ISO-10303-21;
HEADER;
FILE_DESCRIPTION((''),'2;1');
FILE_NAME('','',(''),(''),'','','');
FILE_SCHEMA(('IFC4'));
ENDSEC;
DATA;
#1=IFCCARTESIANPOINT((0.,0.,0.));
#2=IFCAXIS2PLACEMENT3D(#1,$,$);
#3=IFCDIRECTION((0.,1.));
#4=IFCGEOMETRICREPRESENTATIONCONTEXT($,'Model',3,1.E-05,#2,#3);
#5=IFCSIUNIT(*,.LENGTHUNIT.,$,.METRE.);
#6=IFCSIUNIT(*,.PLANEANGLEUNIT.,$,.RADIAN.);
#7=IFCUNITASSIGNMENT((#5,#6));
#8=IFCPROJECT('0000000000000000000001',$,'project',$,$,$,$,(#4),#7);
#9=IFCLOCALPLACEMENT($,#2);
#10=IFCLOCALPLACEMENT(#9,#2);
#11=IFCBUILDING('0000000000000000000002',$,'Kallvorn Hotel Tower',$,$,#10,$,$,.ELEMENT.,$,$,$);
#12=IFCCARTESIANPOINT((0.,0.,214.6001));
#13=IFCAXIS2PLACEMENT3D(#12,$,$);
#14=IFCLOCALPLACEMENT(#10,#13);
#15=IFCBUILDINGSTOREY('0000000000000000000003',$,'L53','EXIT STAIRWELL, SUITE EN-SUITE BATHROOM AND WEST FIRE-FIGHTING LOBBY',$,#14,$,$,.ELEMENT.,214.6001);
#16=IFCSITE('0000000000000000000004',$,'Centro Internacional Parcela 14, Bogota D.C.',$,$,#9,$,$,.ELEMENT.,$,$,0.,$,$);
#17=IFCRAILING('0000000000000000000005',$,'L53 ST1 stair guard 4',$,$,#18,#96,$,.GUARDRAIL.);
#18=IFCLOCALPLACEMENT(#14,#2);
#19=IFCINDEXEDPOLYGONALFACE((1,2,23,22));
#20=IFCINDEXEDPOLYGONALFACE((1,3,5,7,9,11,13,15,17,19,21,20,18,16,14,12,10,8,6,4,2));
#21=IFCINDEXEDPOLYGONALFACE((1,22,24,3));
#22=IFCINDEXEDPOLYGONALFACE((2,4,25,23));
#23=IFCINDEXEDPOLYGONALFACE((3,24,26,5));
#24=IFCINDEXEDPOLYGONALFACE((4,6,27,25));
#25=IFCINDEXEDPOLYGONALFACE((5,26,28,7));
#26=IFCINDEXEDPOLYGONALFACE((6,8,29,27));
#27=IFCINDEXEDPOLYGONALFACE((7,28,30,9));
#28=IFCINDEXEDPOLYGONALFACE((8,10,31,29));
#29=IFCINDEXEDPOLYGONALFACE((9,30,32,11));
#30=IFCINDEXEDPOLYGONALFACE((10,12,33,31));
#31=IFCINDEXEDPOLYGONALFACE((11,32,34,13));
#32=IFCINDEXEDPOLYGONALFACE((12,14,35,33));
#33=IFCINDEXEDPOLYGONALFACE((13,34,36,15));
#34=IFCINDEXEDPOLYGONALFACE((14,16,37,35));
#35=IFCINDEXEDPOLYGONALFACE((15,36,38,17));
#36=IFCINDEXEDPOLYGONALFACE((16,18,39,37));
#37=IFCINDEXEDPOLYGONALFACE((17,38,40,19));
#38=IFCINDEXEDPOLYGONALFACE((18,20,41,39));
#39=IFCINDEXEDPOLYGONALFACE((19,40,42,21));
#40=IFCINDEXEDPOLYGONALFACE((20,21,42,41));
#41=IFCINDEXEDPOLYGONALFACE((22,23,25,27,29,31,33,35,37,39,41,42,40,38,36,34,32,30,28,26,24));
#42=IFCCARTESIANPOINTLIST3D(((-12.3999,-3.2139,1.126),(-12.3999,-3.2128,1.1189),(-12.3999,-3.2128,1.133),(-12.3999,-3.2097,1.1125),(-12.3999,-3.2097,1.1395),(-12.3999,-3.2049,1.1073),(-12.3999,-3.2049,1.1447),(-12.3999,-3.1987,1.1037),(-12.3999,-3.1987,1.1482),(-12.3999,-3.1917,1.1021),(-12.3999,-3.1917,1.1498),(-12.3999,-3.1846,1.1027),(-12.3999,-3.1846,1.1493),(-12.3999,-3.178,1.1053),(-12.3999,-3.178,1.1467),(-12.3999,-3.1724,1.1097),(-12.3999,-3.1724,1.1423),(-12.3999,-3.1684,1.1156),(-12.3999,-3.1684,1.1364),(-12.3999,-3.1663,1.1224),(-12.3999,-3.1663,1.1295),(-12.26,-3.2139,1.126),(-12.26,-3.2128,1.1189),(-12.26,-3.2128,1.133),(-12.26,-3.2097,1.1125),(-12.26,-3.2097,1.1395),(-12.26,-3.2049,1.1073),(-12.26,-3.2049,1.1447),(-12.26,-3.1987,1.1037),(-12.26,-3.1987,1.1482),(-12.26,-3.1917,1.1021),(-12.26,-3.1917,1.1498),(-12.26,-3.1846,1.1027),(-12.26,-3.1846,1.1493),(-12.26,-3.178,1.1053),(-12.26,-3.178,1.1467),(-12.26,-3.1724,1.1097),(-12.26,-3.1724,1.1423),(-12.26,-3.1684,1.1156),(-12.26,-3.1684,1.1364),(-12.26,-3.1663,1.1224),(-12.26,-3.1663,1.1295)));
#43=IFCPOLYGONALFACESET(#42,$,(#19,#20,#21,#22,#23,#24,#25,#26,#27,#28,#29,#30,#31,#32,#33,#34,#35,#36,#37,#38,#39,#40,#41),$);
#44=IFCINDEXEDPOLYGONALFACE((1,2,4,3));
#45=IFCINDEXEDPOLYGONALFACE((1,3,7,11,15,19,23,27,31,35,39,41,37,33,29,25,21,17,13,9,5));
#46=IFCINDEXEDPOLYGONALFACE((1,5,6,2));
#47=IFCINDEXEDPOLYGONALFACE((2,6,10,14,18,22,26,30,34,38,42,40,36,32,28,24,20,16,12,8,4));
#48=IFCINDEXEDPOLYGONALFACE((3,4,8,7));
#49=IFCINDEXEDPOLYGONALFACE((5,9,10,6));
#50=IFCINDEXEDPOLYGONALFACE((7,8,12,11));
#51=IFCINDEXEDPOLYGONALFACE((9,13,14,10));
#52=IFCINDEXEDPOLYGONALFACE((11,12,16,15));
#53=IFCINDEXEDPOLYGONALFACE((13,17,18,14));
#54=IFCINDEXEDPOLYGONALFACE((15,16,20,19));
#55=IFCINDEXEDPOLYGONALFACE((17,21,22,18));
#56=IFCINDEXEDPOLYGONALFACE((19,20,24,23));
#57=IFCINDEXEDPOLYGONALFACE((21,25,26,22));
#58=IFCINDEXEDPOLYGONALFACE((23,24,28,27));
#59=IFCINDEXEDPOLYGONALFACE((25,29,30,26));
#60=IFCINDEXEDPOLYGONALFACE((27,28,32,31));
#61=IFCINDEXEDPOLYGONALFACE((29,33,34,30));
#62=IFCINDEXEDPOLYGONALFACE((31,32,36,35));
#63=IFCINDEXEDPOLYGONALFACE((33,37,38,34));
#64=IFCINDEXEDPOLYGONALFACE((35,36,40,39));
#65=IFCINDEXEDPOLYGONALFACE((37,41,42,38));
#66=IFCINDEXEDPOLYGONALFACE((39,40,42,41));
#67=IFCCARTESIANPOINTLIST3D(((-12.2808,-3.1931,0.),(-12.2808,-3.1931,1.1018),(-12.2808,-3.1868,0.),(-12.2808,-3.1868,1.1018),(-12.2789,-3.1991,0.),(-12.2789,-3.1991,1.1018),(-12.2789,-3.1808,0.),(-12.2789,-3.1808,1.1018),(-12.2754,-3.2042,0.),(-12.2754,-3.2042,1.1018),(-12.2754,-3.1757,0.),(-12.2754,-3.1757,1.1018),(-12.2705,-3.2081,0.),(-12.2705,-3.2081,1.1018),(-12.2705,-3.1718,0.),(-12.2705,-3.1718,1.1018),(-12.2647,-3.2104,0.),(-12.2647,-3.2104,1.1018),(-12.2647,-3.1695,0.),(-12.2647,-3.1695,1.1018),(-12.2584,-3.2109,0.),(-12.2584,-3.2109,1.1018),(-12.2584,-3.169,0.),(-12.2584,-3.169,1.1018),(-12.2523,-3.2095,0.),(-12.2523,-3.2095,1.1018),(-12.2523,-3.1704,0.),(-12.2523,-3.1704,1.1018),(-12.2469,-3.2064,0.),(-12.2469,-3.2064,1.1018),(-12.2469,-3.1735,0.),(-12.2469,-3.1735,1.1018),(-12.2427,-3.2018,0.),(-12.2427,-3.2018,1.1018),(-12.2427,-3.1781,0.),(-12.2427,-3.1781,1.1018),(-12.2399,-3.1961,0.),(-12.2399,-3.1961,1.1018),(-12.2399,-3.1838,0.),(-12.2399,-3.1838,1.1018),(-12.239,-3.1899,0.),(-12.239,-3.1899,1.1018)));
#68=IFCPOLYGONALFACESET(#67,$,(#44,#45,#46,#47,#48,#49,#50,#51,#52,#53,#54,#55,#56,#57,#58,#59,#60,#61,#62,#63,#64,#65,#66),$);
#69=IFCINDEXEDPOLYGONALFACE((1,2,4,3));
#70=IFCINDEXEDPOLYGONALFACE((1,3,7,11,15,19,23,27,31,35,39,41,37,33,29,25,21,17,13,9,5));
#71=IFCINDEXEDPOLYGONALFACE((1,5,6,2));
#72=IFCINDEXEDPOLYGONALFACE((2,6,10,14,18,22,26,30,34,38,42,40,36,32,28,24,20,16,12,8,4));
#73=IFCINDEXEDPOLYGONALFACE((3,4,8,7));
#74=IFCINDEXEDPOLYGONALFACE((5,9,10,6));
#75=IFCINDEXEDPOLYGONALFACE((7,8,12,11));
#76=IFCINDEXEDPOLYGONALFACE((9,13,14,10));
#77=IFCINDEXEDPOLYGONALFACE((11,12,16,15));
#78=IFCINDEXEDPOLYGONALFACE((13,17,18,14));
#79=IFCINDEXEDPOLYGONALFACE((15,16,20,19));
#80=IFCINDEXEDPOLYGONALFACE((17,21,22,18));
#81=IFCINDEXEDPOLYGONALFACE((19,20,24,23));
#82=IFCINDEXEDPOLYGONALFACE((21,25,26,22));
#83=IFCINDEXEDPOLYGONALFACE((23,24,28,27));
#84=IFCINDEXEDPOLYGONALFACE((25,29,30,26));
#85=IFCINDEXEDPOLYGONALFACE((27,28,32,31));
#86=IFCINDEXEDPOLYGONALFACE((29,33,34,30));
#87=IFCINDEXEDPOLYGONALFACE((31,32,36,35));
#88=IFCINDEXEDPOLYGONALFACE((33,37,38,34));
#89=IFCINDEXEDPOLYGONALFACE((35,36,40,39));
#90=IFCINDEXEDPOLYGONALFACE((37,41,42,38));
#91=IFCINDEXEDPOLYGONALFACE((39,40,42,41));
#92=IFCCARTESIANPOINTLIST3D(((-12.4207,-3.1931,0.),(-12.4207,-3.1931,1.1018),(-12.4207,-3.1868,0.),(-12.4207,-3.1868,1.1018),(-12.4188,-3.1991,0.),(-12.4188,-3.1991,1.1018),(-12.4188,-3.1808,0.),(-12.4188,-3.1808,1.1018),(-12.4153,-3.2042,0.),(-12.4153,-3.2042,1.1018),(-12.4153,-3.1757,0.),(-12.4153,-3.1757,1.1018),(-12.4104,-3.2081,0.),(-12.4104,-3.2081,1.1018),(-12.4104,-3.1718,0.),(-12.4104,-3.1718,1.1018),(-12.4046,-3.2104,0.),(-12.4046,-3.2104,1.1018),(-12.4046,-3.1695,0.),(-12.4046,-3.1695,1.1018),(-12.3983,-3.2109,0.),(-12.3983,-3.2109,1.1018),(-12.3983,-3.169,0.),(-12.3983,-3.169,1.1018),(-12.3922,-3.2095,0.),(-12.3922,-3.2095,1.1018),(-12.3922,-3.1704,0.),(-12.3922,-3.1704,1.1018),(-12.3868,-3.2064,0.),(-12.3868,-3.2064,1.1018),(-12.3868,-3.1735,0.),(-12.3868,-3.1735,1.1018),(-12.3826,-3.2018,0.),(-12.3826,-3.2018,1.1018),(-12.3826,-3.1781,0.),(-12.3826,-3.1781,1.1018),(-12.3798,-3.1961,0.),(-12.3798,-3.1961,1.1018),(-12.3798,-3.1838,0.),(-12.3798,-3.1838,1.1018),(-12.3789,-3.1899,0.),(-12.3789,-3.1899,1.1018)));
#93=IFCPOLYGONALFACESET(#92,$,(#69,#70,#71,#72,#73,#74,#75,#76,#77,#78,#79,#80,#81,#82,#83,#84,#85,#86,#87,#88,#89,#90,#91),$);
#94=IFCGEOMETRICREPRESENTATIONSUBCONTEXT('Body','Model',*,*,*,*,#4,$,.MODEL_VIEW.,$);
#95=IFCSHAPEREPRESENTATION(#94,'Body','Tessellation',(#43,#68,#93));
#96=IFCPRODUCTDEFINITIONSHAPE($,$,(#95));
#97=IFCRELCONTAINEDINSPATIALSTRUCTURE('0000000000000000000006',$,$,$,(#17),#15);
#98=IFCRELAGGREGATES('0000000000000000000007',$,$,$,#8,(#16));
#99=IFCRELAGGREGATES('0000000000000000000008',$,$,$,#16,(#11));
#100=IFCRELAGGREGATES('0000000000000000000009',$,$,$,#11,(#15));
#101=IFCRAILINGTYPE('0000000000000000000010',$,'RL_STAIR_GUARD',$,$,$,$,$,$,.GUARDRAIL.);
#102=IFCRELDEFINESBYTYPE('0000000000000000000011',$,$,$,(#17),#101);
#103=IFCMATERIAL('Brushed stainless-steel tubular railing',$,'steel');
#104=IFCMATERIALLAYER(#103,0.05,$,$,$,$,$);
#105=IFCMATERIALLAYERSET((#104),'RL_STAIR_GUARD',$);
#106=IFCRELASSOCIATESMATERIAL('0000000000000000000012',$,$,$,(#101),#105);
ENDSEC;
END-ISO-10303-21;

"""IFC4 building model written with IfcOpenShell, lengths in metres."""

from ifc_helpers import new_model, si_unit, direction, frame, origin, origin_2d, place, context, subcontext, project, spatial, circle, extrude, material, layer, layer_set, type_object, element, save


model = new_model("IFC4")

# Units and contexts
model_context = context("Model", 3, precision=1e-05, world=origin(), true_north=direction((0.0, 1.0)))
body_context = subcontext(model_context, "Body", "Model", "MODEL_VIEW")
ifc_project = project(units=[si_unit("LENGTHUNIT", "METRE"), si_unit("PLANEANGLEUNIT", "RADIAN")], contexts=[model_context])

# Site, building, storey
site_placement = place(None, origin())
site = spatial("IfcSite", under=ifc_project, at=site_placement, Name="Centro Internacional Parcela 14, Bogota D.C.", CompositionType="ELEMENT", RefElevation=0.0)
building_placement = place(site_placement, origin())
building = spatial("IfcBuilding", under=site, at=building_placement, Name="Kallvorn Hotel Tower", CompositionType="ELEMENT")
storey_placement = place(building_placement, frame((0.0, 0.0, 214.6001)))
storey = spatial("IfcBuildingStorey", under=building, at=storey_placement, Name="L53", Description="EXIT STAIRWELL, SUITE EN-SUITE BATHROOM AND WEST FIRE-FIGHTING LOBBY", CompositionType="ELEMENT", Elevation=214.6001)

# Railing
ifc_material_1 = material(Name="Brushed stainless-steel tubular railing", Category="steel")
ifc_layer_1 = layer(ifc_material_1, 0.05)
ifc_layer_set_1 = layer_set([ifc_layer_1], Name="RL_STAIR_GUARD")
railing_type_1 = type_object("IfcRailingType", Name="RL_STAIR_GUARD", PredefinedType="GUARDRAIL", material=ifc_layer_set_1)
railing_1_placement = place(storey_placement, frame((-12.26, -3.1899, 0.0)))
element("IfcRailing", 1, at=railing_1_placement, inside=storey, type_object=railing_type_1, Name="L53 ST1 stair guard 4", PredefinedType="GUARDRAIL", context=body_context, shape_type="SweptSolid", body=[
    extrude(circle(Radius=0.0239, at=origin_2d()), frame((0.0, 0.0, 1.126), z_axis=(-1.0, 0.0, 0.0), x_axis=(0.0, -1.0, 0.0)), (0.0, 0.0, 1.0), 0.1399),
    extrude(circle(Radius=0.021, at=origin_2d()), origin(), (0.0, 0.0, 1.0), 1.1018),
    extrude(circle(Radius=0.021, at=origin_2d()), frame((-0.1399, 0.0, 0.0)), (0.0, 0.0, 1.0), 1.1018),
])

save(model, "model.ifc")
